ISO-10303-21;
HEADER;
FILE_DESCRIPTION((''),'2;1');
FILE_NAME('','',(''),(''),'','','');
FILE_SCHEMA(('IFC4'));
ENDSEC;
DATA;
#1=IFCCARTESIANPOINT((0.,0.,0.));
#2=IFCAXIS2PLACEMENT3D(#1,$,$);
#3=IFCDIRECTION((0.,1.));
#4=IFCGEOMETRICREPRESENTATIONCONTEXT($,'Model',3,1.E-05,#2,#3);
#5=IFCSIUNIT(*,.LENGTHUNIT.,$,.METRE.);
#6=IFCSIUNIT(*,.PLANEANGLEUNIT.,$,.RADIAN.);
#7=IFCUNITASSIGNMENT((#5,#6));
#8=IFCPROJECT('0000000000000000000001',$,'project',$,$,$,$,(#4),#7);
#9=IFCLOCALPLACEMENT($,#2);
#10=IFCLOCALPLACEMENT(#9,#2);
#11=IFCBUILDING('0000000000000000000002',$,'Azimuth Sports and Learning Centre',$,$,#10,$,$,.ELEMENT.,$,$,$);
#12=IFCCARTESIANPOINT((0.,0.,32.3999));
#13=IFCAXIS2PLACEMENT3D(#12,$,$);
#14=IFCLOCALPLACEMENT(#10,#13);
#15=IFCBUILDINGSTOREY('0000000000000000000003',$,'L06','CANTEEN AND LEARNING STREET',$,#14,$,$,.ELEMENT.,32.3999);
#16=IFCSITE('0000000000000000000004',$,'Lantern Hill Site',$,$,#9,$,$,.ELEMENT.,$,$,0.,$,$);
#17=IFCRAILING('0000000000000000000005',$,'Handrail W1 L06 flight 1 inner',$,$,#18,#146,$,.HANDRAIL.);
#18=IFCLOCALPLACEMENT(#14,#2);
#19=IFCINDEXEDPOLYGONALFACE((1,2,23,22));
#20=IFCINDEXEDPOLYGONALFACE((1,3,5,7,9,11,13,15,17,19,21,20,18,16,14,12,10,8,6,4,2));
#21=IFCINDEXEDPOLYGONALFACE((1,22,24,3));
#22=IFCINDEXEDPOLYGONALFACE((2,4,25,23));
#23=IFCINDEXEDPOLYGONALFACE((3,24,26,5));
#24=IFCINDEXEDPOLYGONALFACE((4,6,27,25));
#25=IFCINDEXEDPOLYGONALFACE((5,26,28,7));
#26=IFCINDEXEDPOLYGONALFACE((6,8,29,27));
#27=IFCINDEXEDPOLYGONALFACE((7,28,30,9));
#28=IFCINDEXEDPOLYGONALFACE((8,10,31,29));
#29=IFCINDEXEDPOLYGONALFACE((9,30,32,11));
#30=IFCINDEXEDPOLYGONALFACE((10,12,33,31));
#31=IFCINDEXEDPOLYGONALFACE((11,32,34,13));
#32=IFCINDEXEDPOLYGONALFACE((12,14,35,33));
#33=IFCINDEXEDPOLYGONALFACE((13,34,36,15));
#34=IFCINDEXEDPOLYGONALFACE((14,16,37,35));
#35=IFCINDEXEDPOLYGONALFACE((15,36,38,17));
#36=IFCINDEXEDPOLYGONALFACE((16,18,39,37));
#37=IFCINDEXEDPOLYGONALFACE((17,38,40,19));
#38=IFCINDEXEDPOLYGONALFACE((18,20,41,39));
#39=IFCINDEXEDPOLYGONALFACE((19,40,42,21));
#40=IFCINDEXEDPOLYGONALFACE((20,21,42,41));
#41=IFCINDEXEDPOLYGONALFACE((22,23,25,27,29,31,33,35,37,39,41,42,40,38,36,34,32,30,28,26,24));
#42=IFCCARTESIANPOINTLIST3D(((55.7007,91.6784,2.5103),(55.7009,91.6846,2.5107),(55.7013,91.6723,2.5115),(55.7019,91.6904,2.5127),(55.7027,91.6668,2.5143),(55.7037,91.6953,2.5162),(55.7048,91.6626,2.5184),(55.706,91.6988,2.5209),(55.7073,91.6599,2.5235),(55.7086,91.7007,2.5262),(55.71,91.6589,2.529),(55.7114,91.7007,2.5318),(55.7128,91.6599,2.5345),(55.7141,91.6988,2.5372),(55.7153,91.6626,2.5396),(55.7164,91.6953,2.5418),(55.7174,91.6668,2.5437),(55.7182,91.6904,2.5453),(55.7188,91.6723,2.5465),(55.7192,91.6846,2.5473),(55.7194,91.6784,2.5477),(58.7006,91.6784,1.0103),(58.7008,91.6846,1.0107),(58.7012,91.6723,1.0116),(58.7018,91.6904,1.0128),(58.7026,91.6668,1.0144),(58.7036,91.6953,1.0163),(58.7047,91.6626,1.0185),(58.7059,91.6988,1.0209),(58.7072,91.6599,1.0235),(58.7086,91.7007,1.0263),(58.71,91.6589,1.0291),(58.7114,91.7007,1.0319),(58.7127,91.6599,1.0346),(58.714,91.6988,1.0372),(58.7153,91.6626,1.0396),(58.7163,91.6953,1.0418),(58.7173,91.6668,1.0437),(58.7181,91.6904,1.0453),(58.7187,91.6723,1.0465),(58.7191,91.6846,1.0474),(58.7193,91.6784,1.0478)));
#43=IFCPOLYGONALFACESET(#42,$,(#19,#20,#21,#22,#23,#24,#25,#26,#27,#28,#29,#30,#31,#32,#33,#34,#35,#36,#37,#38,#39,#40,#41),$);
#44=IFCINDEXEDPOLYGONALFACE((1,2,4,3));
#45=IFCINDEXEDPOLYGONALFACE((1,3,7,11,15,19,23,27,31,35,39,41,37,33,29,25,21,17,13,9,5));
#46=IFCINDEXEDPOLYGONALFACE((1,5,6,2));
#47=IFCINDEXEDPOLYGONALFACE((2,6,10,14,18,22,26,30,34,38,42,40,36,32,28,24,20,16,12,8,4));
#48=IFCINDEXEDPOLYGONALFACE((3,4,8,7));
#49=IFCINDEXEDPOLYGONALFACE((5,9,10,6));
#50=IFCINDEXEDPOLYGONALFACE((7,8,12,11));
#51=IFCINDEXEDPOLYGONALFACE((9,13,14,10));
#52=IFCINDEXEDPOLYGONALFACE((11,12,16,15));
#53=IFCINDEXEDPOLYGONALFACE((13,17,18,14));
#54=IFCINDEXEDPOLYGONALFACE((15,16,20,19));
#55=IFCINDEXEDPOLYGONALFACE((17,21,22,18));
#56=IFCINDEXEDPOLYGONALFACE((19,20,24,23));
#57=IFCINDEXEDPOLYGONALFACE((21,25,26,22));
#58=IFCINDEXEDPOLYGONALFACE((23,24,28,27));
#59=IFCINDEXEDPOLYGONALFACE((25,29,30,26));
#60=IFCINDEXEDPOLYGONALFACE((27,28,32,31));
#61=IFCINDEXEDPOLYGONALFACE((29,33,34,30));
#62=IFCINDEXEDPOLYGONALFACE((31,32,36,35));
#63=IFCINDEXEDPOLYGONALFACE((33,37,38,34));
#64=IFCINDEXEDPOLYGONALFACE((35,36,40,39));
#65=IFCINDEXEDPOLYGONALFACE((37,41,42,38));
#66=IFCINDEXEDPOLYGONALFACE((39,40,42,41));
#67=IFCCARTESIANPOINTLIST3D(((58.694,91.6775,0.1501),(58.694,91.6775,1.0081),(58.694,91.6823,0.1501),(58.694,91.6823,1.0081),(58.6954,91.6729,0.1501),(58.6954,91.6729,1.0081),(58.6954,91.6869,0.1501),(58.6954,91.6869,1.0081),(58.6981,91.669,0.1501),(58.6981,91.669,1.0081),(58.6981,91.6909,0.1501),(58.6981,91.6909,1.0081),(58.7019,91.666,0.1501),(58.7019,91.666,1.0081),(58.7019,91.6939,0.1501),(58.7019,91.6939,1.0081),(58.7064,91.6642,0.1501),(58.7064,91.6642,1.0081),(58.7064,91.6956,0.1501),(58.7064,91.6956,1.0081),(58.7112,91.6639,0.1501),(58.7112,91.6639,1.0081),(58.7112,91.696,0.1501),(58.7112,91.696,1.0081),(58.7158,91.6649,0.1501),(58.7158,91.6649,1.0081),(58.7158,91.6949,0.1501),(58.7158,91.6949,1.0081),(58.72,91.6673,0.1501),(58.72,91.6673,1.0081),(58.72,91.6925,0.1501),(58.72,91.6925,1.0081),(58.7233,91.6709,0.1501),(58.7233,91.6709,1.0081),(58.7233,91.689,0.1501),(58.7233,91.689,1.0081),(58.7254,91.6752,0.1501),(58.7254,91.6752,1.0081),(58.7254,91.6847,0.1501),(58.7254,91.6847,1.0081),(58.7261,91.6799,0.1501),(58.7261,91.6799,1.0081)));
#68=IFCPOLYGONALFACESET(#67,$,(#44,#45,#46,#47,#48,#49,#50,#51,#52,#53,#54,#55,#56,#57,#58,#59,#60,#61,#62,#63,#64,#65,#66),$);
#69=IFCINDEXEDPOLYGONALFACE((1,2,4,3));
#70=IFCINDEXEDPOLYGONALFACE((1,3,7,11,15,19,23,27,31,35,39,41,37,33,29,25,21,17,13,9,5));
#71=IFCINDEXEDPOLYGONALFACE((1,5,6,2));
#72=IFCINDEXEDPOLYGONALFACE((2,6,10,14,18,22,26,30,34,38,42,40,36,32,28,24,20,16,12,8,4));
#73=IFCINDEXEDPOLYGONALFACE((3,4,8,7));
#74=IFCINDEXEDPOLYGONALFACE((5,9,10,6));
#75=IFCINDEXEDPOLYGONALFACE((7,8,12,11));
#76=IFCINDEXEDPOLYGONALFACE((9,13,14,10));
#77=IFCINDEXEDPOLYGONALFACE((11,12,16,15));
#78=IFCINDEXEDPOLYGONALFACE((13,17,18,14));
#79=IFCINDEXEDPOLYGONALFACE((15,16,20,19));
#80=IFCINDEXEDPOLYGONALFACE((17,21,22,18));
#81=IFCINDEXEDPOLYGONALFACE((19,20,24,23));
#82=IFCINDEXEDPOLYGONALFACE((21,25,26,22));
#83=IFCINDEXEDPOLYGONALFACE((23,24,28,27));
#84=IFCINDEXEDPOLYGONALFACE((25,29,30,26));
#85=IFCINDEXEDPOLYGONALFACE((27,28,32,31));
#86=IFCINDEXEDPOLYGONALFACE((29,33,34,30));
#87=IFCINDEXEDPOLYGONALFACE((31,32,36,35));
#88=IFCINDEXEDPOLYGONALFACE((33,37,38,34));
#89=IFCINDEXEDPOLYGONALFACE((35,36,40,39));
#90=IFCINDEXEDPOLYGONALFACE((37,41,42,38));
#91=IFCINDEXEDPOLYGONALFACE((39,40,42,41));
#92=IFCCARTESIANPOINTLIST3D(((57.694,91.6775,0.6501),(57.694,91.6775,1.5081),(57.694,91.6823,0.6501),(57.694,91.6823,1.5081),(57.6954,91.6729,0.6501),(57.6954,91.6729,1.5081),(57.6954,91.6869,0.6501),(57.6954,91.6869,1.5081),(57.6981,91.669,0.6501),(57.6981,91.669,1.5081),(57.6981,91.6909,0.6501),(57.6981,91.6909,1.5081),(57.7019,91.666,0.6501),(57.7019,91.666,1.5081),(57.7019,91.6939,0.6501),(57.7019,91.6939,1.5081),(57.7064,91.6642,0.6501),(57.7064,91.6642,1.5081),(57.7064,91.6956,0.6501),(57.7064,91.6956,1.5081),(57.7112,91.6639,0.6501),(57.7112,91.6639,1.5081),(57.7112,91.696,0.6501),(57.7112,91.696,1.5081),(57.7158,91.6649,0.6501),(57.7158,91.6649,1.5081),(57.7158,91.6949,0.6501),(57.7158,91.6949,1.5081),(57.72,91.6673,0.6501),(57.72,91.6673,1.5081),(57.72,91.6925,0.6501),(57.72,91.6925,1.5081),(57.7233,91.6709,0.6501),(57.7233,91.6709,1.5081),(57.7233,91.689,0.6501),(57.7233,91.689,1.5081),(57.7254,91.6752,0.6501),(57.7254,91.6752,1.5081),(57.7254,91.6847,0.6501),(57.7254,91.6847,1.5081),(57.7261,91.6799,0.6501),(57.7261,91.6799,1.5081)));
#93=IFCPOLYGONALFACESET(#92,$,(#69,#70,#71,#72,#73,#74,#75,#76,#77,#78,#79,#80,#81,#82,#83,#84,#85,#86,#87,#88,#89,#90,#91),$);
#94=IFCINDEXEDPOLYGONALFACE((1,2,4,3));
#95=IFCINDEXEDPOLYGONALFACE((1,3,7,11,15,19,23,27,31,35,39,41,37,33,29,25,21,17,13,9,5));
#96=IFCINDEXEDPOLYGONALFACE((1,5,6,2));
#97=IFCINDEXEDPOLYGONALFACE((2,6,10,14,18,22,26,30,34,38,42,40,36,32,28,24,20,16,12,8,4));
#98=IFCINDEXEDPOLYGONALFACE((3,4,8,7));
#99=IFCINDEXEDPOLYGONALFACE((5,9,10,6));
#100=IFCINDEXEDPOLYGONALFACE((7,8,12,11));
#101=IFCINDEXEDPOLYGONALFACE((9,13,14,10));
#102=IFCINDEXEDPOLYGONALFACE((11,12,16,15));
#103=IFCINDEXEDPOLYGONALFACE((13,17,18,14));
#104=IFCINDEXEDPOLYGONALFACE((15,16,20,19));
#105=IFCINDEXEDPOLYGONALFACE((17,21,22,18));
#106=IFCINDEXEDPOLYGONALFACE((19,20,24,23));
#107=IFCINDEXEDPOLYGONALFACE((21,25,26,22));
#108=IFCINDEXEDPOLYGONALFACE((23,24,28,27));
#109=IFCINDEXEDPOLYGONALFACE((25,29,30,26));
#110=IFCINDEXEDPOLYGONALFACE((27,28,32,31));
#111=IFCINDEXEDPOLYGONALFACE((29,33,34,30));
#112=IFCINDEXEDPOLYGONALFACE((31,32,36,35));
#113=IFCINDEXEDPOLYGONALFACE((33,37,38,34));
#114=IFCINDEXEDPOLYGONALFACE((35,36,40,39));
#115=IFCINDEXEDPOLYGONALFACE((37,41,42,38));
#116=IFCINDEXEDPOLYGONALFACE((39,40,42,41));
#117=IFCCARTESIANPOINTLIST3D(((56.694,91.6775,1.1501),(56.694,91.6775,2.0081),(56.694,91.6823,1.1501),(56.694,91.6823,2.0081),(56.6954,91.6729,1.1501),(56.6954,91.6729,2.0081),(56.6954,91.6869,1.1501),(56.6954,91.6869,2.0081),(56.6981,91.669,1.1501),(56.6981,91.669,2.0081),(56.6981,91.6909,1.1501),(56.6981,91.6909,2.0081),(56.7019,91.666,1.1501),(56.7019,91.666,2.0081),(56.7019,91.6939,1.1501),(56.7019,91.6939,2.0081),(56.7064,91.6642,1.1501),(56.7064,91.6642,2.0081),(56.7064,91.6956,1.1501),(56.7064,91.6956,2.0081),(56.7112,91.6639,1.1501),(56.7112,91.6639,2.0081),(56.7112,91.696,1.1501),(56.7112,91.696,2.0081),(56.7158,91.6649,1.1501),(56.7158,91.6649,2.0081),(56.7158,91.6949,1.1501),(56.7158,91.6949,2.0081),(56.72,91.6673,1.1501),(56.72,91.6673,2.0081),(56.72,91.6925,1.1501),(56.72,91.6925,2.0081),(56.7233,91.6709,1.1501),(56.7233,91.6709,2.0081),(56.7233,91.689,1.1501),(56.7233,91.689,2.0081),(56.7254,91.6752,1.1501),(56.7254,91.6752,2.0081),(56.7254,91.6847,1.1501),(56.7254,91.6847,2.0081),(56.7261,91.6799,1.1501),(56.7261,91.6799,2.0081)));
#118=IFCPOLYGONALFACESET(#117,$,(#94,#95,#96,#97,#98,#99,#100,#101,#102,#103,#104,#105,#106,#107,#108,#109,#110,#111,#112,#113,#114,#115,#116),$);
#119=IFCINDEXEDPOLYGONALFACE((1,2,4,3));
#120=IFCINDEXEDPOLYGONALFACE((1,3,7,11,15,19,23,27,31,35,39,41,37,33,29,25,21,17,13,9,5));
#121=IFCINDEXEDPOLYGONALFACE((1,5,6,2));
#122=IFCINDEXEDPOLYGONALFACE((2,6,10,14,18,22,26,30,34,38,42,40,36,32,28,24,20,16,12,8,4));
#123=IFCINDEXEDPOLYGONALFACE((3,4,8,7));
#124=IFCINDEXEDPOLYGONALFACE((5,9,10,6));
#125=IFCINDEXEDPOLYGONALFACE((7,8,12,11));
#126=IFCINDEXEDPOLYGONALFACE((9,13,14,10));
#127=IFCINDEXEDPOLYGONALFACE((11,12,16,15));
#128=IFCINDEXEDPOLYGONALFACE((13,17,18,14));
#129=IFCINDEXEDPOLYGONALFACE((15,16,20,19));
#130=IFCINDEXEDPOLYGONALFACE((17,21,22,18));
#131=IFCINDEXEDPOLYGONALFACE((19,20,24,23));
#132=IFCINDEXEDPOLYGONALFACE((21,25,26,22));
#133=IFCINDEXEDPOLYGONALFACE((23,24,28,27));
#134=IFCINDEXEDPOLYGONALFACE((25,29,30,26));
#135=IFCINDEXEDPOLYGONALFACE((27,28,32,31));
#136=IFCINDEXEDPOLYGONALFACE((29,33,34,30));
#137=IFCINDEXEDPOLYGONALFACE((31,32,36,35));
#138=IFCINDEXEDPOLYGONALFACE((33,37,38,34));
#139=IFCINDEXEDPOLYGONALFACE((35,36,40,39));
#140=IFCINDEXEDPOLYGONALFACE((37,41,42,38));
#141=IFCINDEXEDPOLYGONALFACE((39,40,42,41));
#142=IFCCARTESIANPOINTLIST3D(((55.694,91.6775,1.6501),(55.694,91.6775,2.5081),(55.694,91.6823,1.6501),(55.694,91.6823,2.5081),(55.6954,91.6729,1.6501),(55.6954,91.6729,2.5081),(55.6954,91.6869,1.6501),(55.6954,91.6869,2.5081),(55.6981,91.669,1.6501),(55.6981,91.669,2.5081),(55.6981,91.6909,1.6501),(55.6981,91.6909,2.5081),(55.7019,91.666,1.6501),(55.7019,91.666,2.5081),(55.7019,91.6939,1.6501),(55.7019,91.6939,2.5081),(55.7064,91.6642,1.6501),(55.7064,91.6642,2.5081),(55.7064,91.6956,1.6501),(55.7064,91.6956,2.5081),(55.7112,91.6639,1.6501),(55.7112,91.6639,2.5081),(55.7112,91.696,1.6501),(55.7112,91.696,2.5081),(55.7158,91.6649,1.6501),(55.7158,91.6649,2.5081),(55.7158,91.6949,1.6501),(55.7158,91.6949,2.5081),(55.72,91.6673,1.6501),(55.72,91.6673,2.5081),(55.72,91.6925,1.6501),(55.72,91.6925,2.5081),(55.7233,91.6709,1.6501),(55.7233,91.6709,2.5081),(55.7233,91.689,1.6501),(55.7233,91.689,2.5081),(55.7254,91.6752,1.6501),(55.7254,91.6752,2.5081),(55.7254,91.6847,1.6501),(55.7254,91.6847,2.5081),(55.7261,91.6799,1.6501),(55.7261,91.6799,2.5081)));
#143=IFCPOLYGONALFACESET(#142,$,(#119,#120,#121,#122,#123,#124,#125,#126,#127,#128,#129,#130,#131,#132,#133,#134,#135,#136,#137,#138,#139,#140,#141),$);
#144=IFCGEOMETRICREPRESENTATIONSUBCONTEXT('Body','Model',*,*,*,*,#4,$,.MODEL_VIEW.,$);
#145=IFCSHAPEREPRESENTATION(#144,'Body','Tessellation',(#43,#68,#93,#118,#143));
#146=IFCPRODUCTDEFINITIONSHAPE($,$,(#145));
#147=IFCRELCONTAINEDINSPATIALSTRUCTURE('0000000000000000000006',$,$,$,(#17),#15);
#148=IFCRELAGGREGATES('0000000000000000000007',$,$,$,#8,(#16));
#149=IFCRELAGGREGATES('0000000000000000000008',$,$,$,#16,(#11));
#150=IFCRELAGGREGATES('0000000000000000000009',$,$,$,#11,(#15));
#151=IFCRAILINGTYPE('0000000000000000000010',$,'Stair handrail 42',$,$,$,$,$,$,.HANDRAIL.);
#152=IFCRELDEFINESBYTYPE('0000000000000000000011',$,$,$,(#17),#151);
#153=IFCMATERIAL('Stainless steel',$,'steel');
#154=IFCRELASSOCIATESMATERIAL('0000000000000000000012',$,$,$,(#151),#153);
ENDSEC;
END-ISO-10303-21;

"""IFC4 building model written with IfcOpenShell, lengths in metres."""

from ifc_helpers import new_model, si_unit, direction, frame, origin, origin_2d, place, context, subcontext, project, spatial, circle, extrude, material, type_object, element, save


model = new_model("IFC4")

# Units and contexts
model_context = context("Model", 3, precision=1e-05, world=origin(), true_north=direction((0.0, 1.0)))
body_context = subcontext(model_context, "Body", "Model", "MODEL_VIEW")
ifc_project = project(units=[si_unit("LENGTHUNIT", "METRE"), si_unit("PLANEANGLEUNIT", "RADIAN")], contexts=[model_context])

# Site, building, storey
site_placement = place(None, origin())
site = spatial("IfcSite", under=ifc_project, at=site_placement, Name="Lantern Hill Site", CompositionType="ELEMENT", RefElevation=0.0)
building_placement = place(site_placement, origin())
building = spatial("IfcBuilding", under=site, at=building_placement, Name="Azimuth Sports and Learning Centre", CompositionType="ELEMENT")
storey_placement = place(building_placement, frame((0.0, 0.0, 32.3999)))
storey = spatial("IfcBuildingStorey", under=building, at=storey_placement, Name="L06", Description="CANTEEN AND LEARNING STREET", CompositionType="ELEMENT", Elevation=32.3999)

# Railing
ifc_material_1 = material(Name="Stainless steel", Category="steel")
railing_type_1 = type_object("IfcRailingType", Name="Stair handrail 42", PredefinedType="HANDRAIL", material=ifc_material_1)
for number, where, name in (
    (1, (58.71, 91.6799, 0.1501), "Handrail W1 L06 flight 1 inner"),
):
    element("IfcRailing", number, at=place(storey_placement, frame(where)), inside=storey, type_object=railing_type_1, Name=name, PredefinedType="HANDRAIL", context=body_context, shape_type="SweptSolid", body=[
        extrude(circle(Radius=0.021, at=origin_2d()), frame((0.0, 0.0, 0.8789), z_axis=(-0.894427, 0.0, 0.447214), x_axis=(0.0, -1.0, 0.0)), (0.0, 0.0, 1.0), 3.354),
        extrude(circle(Radius=0.0161, at=origin_2d()), origin(), (0.0, 0.0, 1.0), 0.8579),
        extrude(circle(Radius=0.0161, at=origin_2d()), frame((-1.0, 0.0, 0.5)), (0.0, 0.0, 1.0), 0.8579),
        extrude(circle(Radius=0.0161, at=origin_2d()), frame((-2.0, 0.0, 1.0)), (0.0, 0.0, 1.0), 0.8579),
        extrude(circle(Radius=0.0161, at=origin_2d()), frame((-3.0, 0.0, 1.5)), (0.0, 0.0, 1.0), 0.8579),
    ])

save(model, "model.ifc")
